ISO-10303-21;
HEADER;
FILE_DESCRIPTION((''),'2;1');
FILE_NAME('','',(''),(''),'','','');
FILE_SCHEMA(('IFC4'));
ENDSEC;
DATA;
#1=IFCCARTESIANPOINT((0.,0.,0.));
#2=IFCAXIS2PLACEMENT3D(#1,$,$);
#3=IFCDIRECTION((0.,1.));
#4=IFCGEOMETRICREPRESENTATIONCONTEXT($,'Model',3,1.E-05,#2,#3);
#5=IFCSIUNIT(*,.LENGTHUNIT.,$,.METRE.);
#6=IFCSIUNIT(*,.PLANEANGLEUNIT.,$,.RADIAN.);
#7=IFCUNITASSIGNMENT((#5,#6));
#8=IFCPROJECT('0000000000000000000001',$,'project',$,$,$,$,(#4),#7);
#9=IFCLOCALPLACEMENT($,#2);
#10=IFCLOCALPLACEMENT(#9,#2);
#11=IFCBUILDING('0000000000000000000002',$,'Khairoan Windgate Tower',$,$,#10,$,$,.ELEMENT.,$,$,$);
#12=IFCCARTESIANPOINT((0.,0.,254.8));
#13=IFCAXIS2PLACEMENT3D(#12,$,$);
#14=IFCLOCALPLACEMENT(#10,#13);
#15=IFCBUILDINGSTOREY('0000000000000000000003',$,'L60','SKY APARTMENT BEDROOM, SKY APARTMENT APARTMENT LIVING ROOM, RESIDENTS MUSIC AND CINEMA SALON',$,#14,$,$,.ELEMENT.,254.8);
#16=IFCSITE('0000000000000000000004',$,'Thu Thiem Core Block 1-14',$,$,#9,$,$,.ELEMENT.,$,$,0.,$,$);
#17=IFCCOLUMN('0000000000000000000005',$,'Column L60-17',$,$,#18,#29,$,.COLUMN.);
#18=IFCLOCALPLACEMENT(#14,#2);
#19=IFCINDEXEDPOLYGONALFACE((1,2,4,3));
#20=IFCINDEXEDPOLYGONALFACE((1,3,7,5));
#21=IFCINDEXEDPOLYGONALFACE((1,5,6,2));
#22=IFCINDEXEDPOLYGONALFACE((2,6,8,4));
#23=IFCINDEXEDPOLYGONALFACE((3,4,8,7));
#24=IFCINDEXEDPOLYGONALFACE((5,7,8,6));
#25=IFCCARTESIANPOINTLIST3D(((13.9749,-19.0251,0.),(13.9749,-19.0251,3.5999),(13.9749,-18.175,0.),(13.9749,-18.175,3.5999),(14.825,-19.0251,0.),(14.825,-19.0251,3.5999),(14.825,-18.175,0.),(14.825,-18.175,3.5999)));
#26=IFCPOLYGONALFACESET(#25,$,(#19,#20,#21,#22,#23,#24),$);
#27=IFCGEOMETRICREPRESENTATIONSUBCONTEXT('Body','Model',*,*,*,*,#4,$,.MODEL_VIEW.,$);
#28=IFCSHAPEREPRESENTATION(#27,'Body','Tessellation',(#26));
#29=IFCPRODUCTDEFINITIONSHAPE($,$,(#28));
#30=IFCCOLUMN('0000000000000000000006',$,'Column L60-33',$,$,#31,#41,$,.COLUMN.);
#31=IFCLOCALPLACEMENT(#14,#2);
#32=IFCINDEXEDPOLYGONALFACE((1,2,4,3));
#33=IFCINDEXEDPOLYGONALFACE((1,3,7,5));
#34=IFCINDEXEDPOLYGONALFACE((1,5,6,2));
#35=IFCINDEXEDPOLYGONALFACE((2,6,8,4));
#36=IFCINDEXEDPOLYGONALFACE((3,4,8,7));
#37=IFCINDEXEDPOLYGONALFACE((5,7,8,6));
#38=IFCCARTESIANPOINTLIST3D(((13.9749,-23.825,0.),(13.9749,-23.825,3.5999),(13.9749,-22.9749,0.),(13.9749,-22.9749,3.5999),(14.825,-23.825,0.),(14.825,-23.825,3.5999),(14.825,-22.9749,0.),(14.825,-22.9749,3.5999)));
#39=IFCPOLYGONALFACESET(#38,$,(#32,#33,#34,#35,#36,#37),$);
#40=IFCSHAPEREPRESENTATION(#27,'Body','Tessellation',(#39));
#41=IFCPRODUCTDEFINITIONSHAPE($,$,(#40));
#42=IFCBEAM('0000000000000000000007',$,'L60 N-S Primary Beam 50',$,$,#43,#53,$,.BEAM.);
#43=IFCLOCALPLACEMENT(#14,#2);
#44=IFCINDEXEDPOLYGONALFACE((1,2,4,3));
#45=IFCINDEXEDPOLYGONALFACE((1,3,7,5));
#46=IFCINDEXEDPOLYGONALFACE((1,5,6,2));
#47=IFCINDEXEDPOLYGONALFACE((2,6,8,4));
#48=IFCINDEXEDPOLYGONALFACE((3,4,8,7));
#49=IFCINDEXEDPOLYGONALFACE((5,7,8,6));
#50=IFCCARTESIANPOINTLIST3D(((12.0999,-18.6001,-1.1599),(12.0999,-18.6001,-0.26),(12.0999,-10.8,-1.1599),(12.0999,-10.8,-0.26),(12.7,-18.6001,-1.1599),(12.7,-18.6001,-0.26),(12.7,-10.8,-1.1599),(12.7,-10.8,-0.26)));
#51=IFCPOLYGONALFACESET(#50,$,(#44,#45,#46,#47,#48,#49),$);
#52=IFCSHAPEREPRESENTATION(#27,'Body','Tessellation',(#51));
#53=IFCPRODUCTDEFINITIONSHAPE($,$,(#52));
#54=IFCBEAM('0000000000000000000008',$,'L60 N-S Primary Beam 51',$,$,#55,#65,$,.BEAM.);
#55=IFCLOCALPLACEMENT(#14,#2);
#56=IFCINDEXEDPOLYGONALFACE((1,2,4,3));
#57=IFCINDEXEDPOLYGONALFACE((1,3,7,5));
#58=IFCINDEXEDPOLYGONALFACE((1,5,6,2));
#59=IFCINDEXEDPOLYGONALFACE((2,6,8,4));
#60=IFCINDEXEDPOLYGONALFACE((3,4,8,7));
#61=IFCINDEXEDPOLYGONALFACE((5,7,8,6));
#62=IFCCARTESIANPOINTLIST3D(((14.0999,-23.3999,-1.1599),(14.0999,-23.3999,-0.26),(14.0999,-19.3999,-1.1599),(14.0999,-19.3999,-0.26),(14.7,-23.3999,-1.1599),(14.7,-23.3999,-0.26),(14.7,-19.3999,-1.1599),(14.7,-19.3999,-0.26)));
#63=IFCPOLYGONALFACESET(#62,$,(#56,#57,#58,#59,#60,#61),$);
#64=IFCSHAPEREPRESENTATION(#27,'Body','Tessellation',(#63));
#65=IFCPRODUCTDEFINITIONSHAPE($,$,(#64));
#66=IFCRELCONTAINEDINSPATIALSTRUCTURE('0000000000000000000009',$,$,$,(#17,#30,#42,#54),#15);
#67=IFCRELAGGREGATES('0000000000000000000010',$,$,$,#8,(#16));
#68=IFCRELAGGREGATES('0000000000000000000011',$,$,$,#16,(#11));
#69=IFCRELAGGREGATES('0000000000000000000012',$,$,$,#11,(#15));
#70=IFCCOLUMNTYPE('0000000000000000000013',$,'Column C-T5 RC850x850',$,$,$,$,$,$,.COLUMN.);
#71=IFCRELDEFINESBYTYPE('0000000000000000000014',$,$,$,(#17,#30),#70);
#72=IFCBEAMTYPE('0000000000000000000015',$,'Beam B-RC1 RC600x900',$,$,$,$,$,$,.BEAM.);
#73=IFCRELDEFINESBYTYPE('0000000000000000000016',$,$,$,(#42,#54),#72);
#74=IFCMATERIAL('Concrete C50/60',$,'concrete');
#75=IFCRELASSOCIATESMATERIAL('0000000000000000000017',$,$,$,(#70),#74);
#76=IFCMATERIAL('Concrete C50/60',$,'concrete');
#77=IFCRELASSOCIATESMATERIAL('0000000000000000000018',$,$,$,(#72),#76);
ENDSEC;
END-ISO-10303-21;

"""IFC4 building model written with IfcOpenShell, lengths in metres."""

from ifc_helpers import new_model, si_unit, direction, frame, origin, origin_2d, place, context, subcontext, project, spatial, rectangle, extrude, material, material_profile, profile_set, type_object, element, save


model = new_model("IFC4")

# Units and contexts
model_context = context("Model", 3, precision=1e-05, world=origin(), true_north=direction((0.0, 1.0)))
body_context = subcontext(model_context, "Body", "Model", "MODEL_VIEW")
ifc_project = project(units=[si_unit("LENGTHUNIT", "METRE"), si_unit("PLANEANGLEUNIT", "RADIAN")], contexts=[model_context])

# Site, building, storey
site_placement = place(None, origin())
site = spatial("IfcSite", under=ifc_project, at=site_placement, Name="Thu Thiem Core Block 1-14", CompositionType="ELEMENT", RefElevation=0.0)
building_placement = place(site_placement, origin())
building = spatial("IfcBuilding", under=site, at=building_placement, Name="Khairoan Windgate Tower", CompositionType="ELEMENT")
storey_placement = place(building_placement, frame((0.0, 0.0, 254.8)))
storey = spatial("IfcBuildingStorey", under=building, at=storey_placement, Name="L60", Description="SKY APARTMENT BEDROOM, SKY APARTMENT APARTMENT LIVING ROOM, RESIDENTS MUSIC AND CINEMA SALON", CompositionType="ELEMENT", Elevation=254.8)

# Columns
ifc_material_1 = material(Name="Concrete C50/60", Category="concrete")
ifc_material_profile_1 = material_profile(ifc_material_1, rectangle(XDim=0.8501, YDim=0.8501, at=origin_2d()))
ifc_profile_set_1 = profile_set([ifc_material_profile_1], Name="Concrete C50/60")
column_type = type_object("IfcColumnType", Name="Column C-T5 RC850x850", PredefinedType="COLUMN", material=ifc_profile_set_1)
for number, where, z_axis, x_axis, name in (
    (1, (14.3999, -18.6001, 0.0), (0.0, 0.0, 1.0), (1.0, 0.0, 0.0), "Column L60-17"),
    (2, (14.3999, -23.3999, 0.0), (0.0, 0.0, 1.0), (1.0, 0.0, 0.0), "Column L60-33"),
):
    element("IfcColumn", number, at=place(storey_placement, frame(where, z_axis=z_axis, x_axis=x_axis)), inside=storey, type_object=column_type, Name=name, PredefinedType="COLUMN", context=body_context, shape_type="SweptSolid", body=[
        extrude(rectangle(XDim=0.8501, YDim=0.8501, at=origin_2d()), origin(), (0.0, 0.0, 1.0), 3.5999),
    ])

# Beams
ifc_material_2 = material(Name="Concrete C50/60", Category="concrete")
ifc_material_profile_2 = material_profile(ifc_material_2, rectangle(XDim=0.6001, YDim=0.8999, at=origin_2d()))
ifc_profile_set_2 = profile_set([ifc_material_profile_2], Name="Concrete C50/60")
beam_type = type_object("IfcBeamType", Name="Beam B-RC1 RC600x900", PredefinedType="BEAM", material=ifc_profile_set_2)
beam_1_placement = place(storey_placement, frame((12.3999, -18.6001, -0.71), z_axis=(0.0, 1.0, 0.0), x_axis=(-1.0, 0.0, 0.0)))
element("IfcBeam", 3, at=beam_1_placement, inside=storey, type_object=beam_type, Name="L60 N-S Primary Beam 50", PredefinedType="BEAM", context=body_context, shape_type="SweptSolid", body=[
    extrude(rectangle(XDim=0.6001, YDim=0.8999, at=origin_2d()), origin(), (0.0, 0.0, 1.0), 7.8),
])
beam_2_placement = place(storey_placement, frame((14.3999, -23.3999, -0.71), z_axis=(0.0, 1.0, 0.0), x_axis=(-1.0, 0.0, 0.0)))
element("IfcBeam", 4, at=beam_2_placement, inside=storey, type_object=beam_type, Name="L60 N-S Primary Beam 51", PredefinedType="BEAM", context=body_context, shape_type="SweptSolid", body=[
    extrude(rectangle(XDim=0.6001, YDim=0.8999, at=origin_2d()), origin(), (0.0, 0.0, 1.0), 4.0),
])

save(model, "model.ifc")
